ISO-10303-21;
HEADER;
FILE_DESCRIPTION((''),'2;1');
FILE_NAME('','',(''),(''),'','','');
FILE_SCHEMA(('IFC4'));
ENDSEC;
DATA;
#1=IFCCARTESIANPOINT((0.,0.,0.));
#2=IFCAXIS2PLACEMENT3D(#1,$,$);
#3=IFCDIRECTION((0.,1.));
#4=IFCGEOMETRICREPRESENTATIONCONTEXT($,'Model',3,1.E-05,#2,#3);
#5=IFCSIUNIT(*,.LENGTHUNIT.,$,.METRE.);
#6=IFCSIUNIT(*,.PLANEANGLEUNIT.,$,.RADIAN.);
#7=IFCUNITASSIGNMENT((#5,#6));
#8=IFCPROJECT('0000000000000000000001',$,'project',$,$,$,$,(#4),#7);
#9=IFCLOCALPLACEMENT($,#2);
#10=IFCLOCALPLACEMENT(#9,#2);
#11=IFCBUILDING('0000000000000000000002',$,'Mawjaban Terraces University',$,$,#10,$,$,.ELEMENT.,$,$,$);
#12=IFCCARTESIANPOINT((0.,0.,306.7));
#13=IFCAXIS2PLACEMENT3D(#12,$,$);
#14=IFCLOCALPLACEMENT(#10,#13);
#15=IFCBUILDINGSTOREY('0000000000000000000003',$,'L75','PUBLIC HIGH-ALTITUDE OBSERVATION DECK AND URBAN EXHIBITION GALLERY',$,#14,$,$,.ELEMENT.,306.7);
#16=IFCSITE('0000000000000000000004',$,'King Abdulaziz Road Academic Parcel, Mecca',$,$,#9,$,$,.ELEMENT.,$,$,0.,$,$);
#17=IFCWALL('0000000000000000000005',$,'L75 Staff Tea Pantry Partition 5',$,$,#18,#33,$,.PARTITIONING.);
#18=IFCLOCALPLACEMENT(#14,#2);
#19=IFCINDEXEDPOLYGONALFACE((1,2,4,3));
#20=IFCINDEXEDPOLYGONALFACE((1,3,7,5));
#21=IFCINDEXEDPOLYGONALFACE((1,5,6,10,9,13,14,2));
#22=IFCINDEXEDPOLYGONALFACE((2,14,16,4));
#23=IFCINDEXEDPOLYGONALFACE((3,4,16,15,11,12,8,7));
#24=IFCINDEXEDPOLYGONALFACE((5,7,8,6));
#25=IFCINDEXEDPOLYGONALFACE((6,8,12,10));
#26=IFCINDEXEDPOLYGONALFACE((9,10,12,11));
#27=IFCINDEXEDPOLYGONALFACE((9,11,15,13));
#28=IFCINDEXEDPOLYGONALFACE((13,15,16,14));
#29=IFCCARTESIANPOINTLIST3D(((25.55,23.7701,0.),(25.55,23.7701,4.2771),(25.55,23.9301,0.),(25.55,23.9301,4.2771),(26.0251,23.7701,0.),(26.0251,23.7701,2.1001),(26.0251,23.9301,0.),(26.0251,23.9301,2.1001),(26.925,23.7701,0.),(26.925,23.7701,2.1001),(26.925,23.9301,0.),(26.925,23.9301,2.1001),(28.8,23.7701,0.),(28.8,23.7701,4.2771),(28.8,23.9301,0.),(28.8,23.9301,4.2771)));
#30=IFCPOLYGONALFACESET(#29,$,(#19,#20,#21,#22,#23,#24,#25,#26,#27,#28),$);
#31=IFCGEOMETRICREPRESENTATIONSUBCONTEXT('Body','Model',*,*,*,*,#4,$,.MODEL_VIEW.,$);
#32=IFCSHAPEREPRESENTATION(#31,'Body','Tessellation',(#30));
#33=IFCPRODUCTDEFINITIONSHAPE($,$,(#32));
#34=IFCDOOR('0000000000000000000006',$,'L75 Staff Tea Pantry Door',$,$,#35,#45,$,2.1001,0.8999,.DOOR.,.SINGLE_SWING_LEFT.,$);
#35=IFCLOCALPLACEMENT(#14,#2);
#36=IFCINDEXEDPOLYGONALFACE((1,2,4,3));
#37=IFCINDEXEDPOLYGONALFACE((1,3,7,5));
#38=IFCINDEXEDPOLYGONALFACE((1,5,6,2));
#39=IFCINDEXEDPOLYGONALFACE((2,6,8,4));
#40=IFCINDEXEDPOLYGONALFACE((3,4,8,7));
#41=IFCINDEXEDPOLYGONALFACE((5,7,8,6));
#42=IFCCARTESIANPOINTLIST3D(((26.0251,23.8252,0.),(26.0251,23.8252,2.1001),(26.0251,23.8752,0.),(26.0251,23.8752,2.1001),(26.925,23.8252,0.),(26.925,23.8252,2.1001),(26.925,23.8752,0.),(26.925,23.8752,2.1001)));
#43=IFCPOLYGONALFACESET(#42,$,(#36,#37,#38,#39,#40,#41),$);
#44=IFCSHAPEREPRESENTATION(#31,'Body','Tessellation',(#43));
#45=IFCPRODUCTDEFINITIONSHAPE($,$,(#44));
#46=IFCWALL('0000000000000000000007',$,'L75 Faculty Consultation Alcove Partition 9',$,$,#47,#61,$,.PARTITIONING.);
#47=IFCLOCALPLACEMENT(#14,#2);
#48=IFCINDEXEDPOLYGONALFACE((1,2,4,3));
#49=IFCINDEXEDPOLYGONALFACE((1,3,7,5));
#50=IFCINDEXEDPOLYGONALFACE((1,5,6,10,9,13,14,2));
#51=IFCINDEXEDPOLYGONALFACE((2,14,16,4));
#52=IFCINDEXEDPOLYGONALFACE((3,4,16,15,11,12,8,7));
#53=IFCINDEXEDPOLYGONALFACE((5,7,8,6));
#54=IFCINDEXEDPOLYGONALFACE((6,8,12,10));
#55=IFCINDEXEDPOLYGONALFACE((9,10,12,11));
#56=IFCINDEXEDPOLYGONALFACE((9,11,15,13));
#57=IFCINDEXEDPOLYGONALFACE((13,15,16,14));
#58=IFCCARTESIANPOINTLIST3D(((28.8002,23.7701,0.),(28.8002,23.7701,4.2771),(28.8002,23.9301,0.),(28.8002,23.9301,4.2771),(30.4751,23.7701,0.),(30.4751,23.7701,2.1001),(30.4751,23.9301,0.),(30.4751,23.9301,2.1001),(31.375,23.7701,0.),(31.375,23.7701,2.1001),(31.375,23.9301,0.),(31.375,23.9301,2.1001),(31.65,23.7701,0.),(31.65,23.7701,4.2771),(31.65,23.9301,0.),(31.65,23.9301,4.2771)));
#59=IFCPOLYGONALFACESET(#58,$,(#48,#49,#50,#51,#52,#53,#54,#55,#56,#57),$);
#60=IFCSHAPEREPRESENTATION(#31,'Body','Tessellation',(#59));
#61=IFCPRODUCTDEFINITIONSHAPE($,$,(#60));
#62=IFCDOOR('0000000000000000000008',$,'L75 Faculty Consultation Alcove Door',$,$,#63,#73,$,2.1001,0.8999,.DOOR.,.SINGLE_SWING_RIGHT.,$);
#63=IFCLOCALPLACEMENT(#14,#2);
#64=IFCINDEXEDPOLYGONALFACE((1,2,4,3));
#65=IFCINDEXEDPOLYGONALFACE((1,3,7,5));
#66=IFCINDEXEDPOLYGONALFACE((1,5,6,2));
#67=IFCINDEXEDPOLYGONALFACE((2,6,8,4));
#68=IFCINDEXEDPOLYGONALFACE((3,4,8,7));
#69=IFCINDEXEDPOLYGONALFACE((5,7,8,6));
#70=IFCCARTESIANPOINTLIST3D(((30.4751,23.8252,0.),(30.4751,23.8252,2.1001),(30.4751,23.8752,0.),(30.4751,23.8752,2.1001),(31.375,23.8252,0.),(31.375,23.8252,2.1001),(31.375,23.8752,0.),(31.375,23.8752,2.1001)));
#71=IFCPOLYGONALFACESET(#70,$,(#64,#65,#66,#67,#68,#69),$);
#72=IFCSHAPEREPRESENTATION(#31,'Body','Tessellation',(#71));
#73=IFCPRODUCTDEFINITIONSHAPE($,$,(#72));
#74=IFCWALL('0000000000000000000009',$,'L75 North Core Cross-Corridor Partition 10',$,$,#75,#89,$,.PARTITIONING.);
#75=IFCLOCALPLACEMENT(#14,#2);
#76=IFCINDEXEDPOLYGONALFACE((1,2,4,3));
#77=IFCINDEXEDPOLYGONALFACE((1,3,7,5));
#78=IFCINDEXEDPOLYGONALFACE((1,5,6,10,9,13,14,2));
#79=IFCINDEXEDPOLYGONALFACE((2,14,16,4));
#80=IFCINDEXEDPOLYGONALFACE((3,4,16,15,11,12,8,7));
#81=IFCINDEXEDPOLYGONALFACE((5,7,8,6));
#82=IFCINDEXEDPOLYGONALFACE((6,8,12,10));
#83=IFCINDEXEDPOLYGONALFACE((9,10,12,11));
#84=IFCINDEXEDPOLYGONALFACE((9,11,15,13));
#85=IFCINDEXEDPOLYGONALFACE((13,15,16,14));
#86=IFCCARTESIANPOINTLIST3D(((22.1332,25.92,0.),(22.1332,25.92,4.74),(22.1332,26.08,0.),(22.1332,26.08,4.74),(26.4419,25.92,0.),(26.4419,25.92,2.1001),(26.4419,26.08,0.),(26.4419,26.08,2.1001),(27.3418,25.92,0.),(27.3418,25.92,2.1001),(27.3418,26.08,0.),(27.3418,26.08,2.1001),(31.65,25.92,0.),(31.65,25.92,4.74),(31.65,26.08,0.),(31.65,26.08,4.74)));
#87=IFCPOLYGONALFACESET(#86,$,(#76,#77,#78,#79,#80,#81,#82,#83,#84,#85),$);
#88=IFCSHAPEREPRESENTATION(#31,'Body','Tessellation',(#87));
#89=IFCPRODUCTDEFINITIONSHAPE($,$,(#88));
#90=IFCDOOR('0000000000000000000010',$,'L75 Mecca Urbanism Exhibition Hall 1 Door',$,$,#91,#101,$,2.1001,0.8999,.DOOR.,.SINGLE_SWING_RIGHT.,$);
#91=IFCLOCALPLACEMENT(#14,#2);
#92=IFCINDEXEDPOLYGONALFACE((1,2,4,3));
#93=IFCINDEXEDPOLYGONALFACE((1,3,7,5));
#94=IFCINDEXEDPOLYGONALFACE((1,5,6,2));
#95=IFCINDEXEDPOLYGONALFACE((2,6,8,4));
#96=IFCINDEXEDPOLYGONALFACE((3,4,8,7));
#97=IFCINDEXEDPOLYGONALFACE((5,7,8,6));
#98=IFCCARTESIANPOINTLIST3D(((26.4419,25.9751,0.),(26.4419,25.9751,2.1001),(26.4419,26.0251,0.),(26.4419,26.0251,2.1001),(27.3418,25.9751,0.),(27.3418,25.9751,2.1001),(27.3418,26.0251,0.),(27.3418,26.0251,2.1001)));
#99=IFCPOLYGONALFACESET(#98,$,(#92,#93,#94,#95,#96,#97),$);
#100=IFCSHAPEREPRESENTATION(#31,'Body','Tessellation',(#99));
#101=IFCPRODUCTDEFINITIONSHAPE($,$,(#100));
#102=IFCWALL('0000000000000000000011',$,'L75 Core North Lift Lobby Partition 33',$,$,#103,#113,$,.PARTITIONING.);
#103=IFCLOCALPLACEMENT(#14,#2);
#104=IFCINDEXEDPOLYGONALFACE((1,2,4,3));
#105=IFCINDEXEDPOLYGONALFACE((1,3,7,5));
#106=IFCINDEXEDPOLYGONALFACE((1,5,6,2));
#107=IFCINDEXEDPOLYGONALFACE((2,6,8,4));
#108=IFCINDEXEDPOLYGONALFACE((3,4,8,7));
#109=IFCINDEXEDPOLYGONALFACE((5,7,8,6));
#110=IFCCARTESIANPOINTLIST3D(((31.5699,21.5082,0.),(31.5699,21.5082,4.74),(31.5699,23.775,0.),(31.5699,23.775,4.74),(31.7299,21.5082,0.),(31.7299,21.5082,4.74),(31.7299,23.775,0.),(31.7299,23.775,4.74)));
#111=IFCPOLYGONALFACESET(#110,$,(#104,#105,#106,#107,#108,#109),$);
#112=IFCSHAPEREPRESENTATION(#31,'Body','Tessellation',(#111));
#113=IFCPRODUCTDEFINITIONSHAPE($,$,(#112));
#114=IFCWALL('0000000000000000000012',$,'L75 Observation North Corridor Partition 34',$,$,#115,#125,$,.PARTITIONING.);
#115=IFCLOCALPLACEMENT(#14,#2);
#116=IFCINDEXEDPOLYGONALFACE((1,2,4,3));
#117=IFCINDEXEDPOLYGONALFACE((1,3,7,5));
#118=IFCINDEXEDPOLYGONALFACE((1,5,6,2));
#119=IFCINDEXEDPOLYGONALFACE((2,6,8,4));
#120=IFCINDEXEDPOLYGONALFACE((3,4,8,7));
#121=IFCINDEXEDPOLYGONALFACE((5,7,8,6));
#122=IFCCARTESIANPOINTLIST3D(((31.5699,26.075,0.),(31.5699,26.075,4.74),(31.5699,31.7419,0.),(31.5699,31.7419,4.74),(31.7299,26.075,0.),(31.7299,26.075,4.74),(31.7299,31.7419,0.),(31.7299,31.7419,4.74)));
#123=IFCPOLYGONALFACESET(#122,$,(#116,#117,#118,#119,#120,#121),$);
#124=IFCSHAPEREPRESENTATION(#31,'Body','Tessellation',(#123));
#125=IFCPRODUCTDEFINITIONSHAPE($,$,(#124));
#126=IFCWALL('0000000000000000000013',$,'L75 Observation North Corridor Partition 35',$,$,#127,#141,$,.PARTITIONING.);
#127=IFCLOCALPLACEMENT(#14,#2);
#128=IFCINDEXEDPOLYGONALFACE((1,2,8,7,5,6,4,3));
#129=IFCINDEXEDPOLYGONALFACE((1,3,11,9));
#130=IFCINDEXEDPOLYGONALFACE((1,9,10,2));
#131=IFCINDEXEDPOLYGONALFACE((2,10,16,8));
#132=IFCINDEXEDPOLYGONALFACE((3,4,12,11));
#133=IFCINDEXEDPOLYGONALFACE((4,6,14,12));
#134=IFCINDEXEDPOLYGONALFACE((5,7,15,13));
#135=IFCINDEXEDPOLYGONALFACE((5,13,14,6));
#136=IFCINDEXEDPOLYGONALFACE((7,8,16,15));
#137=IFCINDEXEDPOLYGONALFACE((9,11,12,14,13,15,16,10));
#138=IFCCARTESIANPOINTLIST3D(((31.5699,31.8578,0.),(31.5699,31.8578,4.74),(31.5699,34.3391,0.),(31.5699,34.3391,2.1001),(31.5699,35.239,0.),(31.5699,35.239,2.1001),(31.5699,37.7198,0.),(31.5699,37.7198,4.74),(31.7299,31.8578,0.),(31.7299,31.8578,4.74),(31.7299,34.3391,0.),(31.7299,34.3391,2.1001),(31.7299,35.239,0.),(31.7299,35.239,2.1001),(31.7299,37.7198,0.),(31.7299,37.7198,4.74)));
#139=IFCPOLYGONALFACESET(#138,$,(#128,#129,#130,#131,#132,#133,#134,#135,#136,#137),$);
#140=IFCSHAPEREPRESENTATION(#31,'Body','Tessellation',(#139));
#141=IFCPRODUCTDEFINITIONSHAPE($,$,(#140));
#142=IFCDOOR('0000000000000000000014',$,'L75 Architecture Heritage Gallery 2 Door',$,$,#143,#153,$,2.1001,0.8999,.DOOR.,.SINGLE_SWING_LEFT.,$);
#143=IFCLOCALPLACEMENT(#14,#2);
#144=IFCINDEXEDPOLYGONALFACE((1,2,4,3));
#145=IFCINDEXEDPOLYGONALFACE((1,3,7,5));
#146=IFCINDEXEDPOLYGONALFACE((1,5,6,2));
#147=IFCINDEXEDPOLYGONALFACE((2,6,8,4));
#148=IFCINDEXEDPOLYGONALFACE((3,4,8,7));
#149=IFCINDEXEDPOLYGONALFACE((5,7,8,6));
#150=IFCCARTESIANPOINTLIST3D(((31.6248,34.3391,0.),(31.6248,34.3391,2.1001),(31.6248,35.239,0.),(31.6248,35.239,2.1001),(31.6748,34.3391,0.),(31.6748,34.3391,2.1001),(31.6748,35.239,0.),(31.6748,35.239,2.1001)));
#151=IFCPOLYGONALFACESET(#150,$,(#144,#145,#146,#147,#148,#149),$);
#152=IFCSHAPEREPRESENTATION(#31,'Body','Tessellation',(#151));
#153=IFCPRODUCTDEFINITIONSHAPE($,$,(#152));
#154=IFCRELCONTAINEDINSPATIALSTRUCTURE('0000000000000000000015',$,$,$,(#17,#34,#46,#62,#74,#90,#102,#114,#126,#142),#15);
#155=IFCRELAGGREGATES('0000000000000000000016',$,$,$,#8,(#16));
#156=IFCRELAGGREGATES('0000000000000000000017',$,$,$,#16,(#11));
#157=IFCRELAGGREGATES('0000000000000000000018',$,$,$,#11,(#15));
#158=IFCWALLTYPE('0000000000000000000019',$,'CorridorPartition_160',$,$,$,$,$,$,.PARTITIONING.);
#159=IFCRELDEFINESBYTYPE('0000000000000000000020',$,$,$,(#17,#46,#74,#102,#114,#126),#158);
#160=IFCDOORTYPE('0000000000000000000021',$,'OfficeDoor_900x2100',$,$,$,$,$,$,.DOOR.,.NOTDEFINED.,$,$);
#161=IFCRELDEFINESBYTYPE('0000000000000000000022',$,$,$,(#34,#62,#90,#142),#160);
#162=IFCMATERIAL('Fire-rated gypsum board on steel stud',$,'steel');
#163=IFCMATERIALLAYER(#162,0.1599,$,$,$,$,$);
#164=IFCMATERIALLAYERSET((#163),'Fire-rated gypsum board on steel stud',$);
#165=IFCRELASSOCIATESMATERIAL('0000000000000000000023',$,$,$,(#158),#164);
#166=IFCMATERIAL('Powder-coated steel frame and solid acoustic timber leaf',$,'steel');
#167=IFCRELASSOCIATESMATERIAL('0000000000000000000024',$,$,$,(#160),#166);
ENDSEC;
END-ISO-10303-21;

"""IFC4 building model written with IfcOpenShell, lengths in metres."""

from ifc_helpers import new_model, si_unit, direction, frame, frame_2d, origin, place, context, subcontext, project, spatial, rectangle, extrude, material, layer, layer_set, type_object, element, fill, save


model = new_model("IFC4")

# Units and contexts
model_context = context("Model", 3, precision=1e-05, world=origin(), true_north=direction((0.0, 1.0)))
body_context = subcontext(model_context, "Body", "Model", "MODEL_VIEW")
ifc_project = project(units=[si_unit("LENGTHUNIT", "METRE"), si_unit("PLANEANGLEUNIT", "RADIAN")], contexts=[model_context])

# Site, building, storey
site_placement = place(None, origin())
site = spatial("IfcSite", under=ifc_project, at=site_placement, Name="King Abdulaziz Road Academic Parcel, Mecca", CompositionType="ELEMENT", RefElevation=0.0)
building_placement = place(site_placement, origin())
building = spatial("IfcBuilding", under=site, at=building_placement, Name="Mawjaban Terraces University", CompositionType="ELEMENT")
storey_placement = place(building_placement, frame((0.0, 0.0, 306.7)))
storey = spatial("IfcBuildingStorey", under=building, at=storey_placement, Name="L75", Description="PUBLIC HIGH-ALTITUDE OBSERVATION DECK AND URBAN EXHIBITION GALLERY", CompositionType="ELEMENT", Elevation=306.7)

# Walls, openings, doors
ifc_material_1 = material(Name="Fire-rated gypsum board on steel stud", Category="steel")
ifc_layer_1 = layer(ifc_material_1, 0.1599)
ifc_layer_set_1 = layer_set([ifc_layer_1], Name="Fire-rated gypsum board on steel stud")
wall_type_1 = type_object("IfcWallType", Name="CorridorPartition_160", PredefinedType="PARTITIONING", material=ifc_layer_set_1)
wall_1_placement = place(storey_placement, frame((28.8, 23.8501, 0.0), z_axis=(0.0, 0.0, 1.0), x_axis=(-1.0, 0.0, 0.0)))
wall_1 = element("IfcWall", 1, at=wall_1_placement, inside=storey, type_object=wall_type_1, Name="L75 Staff Tea Pantry Partition 5", PredefinedType="PARTITIONING", context=body_context, shape_type="SweptSolid", body=[
    extrude(rectangle(XDim=3.25, YDim=0.1599, at=frame_2d((1.625, 0.0))), origin(), (0.0, 0.0, 1.0), 4.2771),
])
opening_1_placement = place(wall_1_placement, frame((1.875, 0.0, 0.0)))
opening_1 = element("IfcOpeningElement", 2, at=opening_1_placement, cuts=wall_1, PredefinedType="OPENING", context=body_context, shape_type="SweptSolid", body=[
    extrude(rectangle(XDim=0.8999, YDim=2.1001, at=frame_2d((0.45, 1.05))), frame((0.0, 0.0898, 0.0), z_axis=(0.0, -1.0, 0.0), x_axis=(1.0, 0.0, 0.0)), (0.0, 0.0, 1.0), 0.1799),
])
ifc_material_2 = material(Name="Powder-coated steel frame and solid acoustic timber leaf", Category="steel")
door_type = type_object("IfcDoorType", Name="OfficeDoor_900x2100", OperationType="NOTDEFINED", PredefinedType="DOOR", material=ifc_material_2)
door_1_placement = place(opening_1_placement, origin())
door_1 = element("IfcDoor", 3, at=door_1_placement, inside=storey, type_object=door_type, Name="L75 Staff Tea Pantry Door", OperationType="SINGLE_SWING_LEFT", OverallHeight=2.1001, OverallWidth=0.8999, PredefinedType="DOOR", context=body_context, shape_type="SweptSolid", body=[
    extrude(rectangle(XDim=0.8999, YDim=2.1001, at=frame_2d((0.45, 1.05))), frame((0.0, 0.0249, 0.0), z_axis=(0.0, -1.0, 0.0), x_axis=(1.0, 0.0, 0.0)), (0.0, 0.0, 1.0), 0.05),
])
fill(opening_1, door_1)
wall_2_placement = place(storey_placement, frame((31.6499, 23.8501, 0.0), z_axis=(0.0, 0.0, 1.0), x_axis=(-1.0, 0.0, 0.0)))
wall_2 = element("IfcWall", 4, at=wall_2_placement, inside=storey, type_object=wall_type_1, Name="L75 Faculty Consultation Alcove Partition 9", PredefinedType="PARTITIONING", context=body_context, shape_type="SweptSolid", body=[
    extrude(rectangle(XDim=2.8499, YDim=0.1599, at=frame_2d((1.4248, 0.0))), origin(), (0.0, 0.0, 1.0), 4.2771),
])
opening_2_placement = place(wall_2_placement, frame((0.2749, 0.0, 0.0)))
opening_2 = element("IfcOpeningElement", 5, at=opening_2_placement, cuts=wall_2, PredefinedType="OPENING", context=body_context, shape_type="SweptSolid", body=[
    extrude(rectangle(XDim=0.8999, YDim=2.1001, at=frame_2d((0.45, 1.05))), frame((0.0, 0.0898, 0.0), z_axis=(0.0, -1.0, 0.0), x_axis=(1.0, 0.0, 0.0)), (0.0, 0.0, 1.0), 0.1799),
])
door_2_placement = place(opening_2_placement, origin())
door_2 = element("IfcDoor", 6, at=door_2_placement, inside=storey, type_object=door_type, Name="L75 Faculty Consultation Alcove Door", OperationType="SINGLE_SWING_RIGHT", OverallHeight=2.1001, OverallWidth=0.8999, PredefinedType="DOOR", context=body_context, shape_type="SweptSolid", body=[
    extrude(rectangle(XDim=0.8999, YDim=2.1001, at=frame_2d((0.45, 1.05))), frame((0.0, 0.0249, 0.0), z_axis=(0.0, -1.0, 0.0), x_axis=(1.0, 0.0, 0.0)), (0.0, 0.0, 1.0), 0.05),
])
fill(opening_2, door_2)
wall_3_placement = place(storey_placement, frame((31.6499, 26.0, 0.0), z_axis=(0.0, 0.0, 1.0), x_axis=(-1.0, 0.0, 0.0)))
wall_3 = element("IfcWall", 7, at=wall_3_placement, inside=storey, type_object=wall_type_1, Name="L75 North Core Cross-Corridor Partition 10", PredefinedType="PARTITIONING", context=body_context, shape_type="SweptSolid", body=[
    extrude(rectangle(XDim=9.5168, YDim=0.1599, at=frame_2d((4.7583, 0.0))), origin(), (0.0, 0.0, 1.0), 4.74),
])
opening_3_placement = place(wall_3_placement, frame((4.3081, 0.0, 0.0)))
opening_3 = element("IfcOpeningElement", 8, at=opening_3_placement, cuts=wall_3, PredefinedType="OPENING", context=body_context, shape_type="SweptSolid", body=[
    extrude(rectangle(XDim=0.8999, YDim=2.1001, at=frame_2d((0.45, 1.05))), frame((0.0, 0.0898, 0.0), z_axis=(0.0, -1.0, 0.0), x_axis=(1.0, 0.0, 0.0)), (0.0, 0.0, 1.0), 0.1799),
])
door_3_placement = place(opening_3_placement, origin())
door_3 = element("IfcDoor", 9, at=door_3_placement, inside=storey, type_object=door_type, Name="L75 Mecca Urbanism Exhibition Hall 1 Door", OperationType="SINGLE_SWING_RIGHT", OverallHeight=2.1001, OverallWidth=0.8999, PredefinedType="DOOR", context=body_context, shape_type="SweptSolid", body=[
    extrude(rectangle(XDim=0.8999, YDim=2.1001, at=frame_2d((0.45, 1.05))), frame((0.0, 0.0249, 0.0), z_axis=(0.0, -1.0, 0.0), x_axis=(1.0, 0.0, 0.0)), (0.0, 0.0, 1.0), 0.05),
])
fill(opening_3, door_3)

# Walls
wall_4_placement = place(storey_placement, frame((31.6499, 23.7749, 0.0), z_axis=(0.0, 0.0, 1.0), x_axis=(0.0, -1.0, 0.0)))
element("IfcWall", 10, at=wall_4_placement, inside=storey, type_object=wall_type_1, Name="L75 Core North Lift Lobby Partition 33", PredefinedType="PARTITIONING", context=body_context, shape_type="SweptSolid", body=[
    extrude(rectangle(XDim=2.2668, YDim=0.1599, at=frame_2d((1.1333, 0.0))), origin(), (0.0, 0.0, 1.0), 4.74),
])
wall_5_placement = place(storey_placement, frame((31.6499, 31.7419, 0.0), z_axis=(0.0, 0.0, 1.0), x_axis=(0.0, -1.0, 0.0)))
element("IfcWall", 11, at=wall_5_placement, inside=storey, type_object=wall_type_1, Name="L75 Observation North Corridor Partition 34", PredefinedType="PARTITIONING", context=body_context, shape_type="SweptSolid", body=[
    extrude(rectangle(XDim=5.667, YDim=0.1599, at=frame_2d((2.8335, 0.0))), origin(), (0.0, 0.0, 1.0), 4.74),
])

# Wall, opening, door
wall_6_placement = place(storey_placement, frame((31.6499, 37.72, 0.0), z_axis=(0.0, 0.0, 1.0), x_axis=(0.0, -1.0, 0.0)))
wall_6 = element("IfcWall", 12, at=wall_6_placement, inside=storey, type_object=wall_type_1, Name="L75 Observation North Corridor Partition 35", PredefinedType="PARTITIONING", context=body_context, shape_type="SweptSolid", body=[
    extrude(rectangle(XDim=5.8621, YDim=0.1599, at=frame_2d((2.9312, 0.0))), origin(), (0.0, 0.0, 1.0), 4.74),
])
opening_4_placement = place(wall_6_placement, frame((2.481, 0.0, 0.0)))
opening_4 = element("IfcOpeningElement", 13, at=opening_4_placement, cuts=wall_6, PredefinedType="OPENING", context=body_context, shape_type="SweptSolid", body=[
    extrude(rectangle(XDim=0.8999, YDim=2.1001, at=frame_2d((0.45, 1.05))), frame((0.0, 0.0898, 0.0), z_axis=(0.0, -1.0, 0.0), x_axis=(1.0, 0.0, 0.0)), (0.0, 0.0, 1.0), 0.1799),
])
door_4_placement = place(opening_4_placement, origin())
door_4 = element("IfcDoor", 14, at=door_4_placement, inside=storey, type_object=door_type, Name="L75 Architecture Heritage Gallery 2 Door", OperationType="SINGLE_SWING_LEFT", OverallHeight=2.1001, OverallWidth=0.8999, PredefinedType="DOOR", context=body_context, shape_type="SweptSolid", body=[
    extrude(rectangle(XDim=0.8999, YDim=2.1001, at=frame_2d((0.45, 1.05))), frame((0.0, 0.0249, 0.0), z_axis=(0.0, -1.0, 0.0), x_axis=(1.0, 0.0, 0.0)), (0.0, 0.0, 1.0), 0.05),
])
fill(opening_4, door_4)

save(model, "model.ifc")
